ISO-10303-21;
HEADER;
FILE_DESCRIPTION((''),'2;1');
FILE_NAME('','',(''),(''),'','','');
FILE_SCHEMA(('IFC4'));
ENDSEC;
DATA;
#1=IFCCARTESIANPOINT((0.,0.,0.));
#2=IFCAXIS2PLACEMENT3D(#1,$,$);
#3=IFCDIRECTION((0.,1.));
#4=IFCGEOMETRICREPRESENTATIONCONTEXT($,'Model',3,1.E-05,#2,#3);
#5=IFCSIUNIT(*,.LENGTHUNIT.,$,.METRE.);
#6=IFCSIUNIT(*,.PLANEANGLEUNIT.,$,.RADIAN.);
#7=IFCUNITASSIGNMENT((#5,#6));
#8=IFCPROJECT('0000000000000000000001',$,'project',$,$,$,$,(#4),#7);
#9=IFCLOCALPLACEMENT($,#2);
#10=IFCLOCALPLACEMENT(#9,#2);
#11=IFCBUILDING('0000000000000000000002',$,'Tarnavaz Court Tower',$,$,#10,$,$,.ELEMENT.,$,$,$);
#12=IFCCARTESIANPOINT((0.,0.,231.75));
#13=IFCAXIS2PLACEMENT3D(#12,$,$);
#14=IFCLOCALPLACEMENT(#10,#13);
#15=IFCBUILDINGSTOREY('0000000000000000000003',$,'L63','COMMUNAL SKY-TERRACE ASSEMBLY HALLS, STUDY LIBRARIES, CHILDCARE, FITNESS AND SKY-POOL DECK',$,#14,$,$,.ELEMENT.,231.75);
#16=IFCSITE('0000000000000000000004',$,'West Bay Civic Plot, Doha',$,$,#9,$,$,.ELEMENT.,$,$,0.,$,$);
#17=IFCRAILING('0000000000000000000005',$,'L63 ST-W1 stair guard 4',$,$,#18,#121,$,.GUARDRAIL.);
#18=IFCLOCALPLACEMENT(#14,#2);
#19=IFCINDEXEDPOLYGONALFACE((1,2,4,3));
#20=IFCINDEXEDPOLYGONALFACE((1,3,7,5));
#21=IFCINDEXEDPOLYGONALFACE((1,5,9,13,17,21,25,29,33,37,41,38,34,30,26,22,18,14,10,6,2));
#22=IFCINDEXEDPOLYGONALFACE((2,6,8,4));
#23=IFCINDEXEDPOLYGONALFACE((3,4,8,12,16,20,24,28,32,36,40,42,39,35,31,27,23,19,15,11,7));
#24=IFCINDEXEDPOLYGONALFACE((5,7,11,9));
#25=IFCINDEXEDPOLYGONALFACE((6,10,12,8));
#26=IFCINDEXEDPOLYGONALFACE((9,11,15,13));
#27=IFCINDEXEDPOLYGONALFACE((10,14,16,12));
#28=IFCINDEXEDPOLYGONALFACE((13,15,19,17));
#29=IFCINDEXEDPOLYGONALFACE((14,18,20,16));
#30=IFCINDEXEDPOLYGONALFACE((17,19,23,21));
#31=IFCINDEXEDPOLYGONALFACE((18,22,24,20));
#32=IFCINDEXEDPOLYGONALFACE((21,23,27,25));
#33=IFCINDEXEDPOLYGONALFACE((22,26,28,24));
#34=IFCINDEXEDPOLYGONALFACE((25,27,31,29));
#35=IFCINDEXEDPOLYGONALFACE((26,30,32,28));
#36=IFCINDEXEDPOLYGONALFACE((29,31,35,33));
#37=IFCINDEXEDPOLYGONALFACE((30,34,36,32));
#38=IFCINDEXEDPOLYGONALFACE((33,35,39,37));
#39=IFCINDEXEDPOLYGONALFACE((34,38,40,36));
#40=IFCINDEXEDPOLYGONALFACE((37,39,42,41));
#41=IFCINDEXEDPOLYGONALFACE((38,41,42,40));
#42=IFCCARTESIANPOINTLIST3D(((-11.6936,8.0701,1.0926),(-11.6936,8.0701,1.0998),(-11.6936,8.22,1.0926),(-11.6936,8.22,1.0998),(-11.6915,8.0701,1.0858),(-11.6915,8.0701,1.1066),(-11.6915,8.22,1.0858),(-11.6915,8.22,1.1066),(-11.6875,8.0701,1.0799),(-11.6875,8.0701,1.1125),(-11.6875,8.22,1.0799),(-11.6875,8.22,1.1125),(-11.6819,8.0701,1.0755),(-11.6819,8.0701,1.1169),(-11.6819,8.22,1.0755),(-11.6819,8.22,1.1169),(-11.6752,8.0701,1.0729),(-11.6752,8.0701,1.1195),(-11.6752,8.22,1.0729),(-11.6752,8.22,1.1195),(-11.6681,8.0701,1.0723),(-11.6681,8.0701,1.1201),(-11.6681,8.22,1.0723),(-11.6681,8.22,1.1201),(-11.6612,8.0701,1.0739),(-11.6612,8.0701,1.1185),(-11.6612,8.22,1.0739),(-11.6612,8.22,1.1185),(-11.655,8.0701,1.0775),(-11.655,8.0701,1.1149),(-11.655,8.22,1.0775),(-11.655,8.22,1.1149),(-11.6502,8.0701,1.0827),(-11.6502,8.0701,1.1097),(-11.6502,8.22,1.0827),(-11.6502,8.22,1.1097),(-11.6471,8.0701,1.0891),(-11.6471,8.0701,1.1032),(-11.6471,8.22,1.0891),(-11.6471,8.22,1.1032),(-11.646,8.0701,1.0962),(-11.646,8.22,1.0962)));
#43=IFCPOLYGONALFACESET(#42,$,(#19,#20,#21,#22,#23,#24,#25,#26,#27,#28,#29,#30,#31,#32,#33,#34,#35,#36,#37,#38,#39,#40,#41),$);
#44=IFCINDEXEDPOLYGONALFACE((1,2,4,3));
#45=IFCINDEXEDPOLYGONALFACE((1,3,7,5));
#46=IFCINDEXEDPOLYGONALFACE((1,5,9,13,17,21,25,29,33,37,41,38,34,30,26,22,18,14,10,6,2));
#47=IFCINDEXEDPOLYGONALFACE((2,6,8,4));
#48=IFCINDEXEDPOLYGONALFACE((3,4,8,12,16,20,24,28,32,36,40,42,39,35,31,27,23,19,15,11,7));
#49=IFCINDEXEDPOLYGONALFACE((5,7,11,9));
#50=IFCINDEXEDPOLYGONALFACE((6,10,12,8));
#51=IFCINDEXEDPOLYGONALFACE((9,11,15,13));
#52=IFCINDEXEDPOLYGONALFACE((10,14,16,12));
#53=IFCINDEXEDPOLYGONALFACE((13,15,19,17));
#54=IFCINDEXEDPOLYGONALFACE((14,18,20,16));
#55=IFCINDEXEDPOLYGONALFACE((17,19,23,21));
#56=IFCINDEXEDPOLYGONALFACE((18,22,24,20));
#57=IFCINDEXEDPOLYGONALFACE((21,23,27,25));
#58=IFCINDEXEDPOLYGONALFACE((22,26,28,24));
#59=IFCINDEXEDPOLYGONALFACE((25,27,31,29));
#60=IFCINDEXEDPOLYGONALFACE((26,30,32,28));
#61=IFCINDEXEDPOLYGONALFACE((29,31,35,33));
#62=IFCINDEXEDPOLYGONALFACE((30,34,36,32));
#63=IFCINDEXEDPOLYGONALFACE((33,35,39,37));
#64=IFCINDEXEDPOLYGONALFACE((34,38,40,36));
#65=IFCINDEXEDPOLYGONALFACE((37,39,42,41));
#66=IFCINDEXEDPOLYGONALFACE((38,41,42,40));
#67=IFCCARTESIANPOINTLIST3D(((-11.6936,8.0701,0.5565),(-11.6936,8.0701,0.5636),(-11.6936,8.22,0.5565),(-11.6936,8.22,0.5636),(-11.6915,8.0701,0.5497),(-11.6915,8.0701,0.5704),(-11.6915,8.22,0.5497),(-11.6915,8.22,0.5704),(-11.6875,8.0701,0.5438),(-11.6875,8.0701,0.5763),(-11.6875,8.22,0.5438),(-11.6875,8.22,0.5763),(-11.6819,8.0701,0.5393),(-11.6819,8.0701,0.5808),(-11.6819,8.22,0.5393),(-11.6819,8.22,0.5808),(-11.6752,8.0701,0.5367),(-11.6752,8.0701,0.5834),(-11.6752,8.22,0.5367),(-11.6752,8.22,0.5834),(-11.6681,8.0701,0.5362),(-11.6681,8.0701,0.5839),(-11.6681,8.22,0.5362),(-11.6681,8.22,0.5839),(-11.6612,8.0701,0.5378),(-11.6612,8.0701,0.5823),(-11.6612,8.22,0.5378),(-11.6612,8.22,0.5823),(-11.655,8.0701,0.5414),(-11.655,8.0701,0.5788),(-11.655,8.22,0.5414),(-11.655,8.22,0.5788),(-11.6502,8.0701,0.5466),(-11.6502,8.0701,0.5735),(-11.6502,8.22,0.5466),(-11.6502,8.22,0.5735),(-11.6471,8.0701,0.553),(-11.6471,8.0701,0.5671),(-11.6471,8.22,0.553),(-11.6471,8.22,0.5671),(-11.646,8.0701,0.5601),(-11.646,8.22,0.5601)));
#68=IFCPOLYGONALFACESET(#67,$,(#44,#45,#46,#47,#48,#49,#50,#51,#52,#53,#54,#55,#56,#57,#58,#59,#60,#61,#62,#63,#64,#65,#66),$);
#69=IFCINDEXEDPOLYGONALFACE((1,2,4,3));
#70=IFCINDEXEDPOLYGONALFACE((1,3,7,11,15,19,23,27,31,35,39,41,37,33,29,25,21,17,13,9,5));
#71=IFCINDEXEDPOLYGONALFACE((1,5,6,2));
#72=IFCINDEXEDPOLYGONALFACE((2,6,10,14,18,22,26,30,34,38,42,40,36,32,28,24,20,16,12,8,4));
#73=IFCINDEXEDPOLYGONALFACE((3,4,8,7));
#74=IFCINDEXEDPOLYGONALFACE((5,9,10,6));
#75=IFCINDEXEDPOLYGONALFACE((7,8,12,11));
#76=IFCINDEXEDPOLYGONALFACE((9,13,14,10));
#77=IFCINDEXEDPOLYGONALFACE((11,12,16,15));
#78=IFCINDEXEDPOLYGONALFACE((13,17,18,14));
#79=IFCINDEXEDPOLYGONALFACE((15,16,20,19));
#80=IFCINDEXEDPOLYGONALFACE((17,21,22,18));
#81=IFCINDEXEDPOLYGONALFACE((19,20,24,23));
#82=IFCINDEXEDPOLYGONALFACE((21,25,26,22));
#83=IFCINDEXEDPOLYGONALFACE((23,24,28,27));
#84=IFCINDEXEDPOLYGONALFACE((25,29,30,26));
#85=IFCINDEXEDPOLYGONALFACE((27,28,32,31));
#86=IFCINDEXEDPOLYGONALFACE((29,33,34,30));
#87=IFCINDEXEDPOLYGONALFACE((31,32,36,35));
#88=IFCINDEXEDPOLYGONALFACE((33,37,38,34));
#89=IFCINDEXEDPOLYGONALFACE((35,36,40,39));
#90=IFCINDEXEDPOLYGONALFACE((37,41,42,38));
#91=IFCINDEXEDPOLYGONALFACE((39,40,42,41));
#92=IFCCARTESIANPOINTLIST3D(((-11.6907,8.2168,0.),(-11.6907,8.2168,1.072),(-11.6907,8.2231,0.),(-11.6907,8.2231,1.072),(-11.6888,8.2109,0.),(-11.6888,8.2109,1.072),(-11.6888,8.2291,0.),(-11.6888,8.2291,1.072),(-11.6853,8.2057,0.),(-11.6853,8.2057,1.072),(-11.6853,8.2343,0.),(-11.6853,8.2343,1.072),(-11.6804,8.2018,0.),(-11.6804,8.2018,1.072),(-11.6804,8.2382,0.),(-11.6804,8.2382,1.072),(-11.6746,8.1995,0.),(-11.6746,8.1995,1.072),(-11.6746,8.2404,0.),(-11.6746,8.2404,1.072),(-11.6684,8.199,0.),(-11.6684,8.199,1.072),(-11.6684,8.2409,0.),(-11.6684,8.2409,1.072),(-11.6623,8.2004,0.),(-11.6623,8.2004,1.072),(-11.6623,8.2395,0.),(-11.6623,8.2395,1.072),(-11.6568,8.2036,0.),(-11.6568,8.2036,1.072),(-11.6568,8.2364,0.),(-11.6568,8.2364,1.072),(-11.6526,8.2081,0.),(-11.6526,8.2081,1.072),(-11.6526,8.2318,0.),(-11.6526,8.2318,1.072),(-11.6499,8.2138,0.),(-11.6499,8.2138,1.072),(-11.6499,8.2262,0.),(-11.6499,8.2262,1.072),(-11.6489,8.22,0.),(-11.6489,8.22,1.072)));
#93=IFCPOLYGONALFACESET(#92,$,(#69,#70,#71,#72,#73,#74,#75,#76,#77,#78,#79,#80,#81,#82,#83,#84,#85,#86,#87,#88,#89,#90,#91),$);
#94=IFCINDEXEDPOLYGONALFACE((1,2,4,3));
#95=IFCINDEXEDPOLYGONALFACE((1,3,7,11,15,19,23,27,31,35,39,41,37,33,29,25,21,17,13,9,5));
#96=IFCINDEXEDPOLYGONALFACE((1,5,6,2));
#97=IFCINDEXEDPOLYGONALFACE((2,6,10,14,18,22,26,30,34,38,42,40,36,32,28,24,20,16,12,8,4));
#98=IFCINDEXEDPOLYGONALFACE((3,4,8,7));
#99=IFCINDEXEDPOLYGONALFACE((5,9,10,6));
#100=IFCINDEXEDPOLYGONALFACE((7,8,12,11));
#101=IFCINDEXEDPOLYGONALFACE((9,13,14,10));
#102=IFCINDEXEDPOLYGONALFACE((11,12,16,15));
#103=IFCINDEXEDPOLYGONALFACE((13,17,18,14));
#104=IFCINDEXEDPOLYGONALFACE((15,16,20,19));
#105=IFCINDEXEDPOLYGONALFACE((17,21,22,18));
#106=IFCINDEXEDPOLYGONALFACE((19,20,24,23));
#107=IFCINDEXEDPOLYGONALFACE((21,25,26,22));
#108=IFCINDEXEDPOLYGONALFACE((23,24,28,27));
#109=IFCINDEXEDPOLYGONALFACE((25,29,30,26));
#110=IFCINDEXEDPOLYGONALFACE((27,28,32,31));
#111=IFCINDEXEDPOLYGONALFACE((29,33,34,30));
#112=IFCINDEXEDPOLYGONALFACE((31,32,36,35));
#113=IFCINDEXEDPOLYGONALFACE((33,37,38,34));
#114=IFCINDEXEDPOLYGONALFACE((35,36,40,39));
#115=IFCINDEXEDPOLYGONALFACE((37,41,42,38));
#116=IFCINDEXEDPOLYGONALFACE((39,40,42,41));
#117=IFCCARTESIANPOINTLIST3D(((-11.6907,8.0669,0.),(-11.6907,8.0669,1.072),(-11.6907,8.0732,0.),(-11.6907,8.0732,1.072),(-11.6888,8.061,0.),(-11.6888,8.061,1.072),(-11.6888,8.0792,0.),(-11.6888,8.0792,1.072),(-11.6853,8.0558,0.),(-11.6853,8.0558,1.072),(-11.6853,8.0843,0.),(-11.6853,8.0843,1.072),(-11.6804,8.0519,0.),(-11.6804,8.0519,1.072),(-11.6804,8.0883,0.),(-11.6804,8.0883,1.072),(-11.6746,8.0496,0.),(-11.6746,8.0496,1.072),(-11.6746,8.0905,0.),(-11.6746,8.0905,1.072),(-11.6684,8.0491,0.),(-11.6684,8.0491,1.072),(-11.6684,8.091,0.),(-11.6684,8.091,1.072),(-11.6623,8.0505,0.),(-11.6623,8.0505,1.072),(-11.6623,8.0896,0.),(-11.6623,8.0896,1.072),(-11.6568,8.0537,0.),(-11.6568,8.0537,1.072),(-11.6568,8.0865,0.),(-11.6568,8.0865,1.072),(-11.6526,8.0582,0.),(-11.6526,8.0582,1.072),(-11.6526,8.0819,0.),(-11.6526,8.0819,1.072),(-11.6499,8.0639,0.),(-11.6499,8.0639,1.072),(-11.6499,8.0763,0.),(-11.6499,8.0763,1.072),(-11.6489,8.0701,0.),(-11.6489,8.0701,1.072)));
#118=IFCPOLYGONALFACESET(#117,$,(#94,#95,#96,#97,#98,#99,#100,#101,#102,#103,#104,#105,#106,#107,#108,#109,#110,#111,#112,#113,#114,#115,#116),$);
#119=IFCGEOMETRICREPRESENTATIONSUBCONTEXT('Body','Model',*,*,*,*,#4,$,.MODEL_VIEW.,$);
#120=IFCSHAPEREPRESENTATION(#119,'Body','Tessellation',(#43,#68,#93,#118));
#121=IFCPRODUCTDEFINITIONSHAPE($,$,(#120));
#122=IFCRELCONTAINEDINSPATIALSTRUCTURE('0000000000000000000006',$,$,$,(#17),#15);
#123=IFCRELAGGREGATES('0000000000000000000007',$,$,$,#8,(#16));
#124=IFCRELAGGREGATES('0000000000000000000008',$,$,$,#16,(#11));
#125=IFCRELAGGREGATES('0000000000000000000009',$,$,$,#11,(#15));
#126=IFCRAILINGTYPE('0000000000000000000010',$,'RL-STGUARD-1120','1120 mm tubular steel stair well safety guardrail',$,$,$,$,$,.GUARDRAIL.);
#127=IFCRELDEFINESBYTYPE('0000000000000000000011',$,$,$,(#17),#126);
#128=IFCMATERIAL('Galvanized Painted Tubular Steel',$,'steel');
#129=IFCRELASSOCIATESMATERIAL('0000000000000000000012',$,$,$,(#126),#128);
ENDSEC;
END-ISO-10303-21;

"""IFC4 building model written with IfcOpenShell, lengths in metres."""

from ifc_helpers import new_model, si_unit, direction, frame, origin, origin_2d, place, context, subcontext, project, spatial, circle, extrude, material, type_object, element, save


model = new_model("IFC4")

# Units and contexts
model_context = context("Model", 3, precision=1e-05, world=origin(), true_north=direction((0.0, 1.0)))
body_context = subcontext(model_context, "Body", "Model", "MODEL_VIEW")
ifc_project = project(units=[si_unit("LENGTHUNIT", "METRE"), si_unit("PLANEANGLEUNIT", "RADIAN")], contexts=[model_context])

# Site, building, storey
site_placement = place(None, origin())
site = spatial("IfcSite", under=ifc_project, at=site_placement, Name="West Bay Civic Plot, Doha", CompositionType="ELEMENT", RefElevation=0.0)
building_placement = place(site_placement, origin())
building = spatial("IfcBuilding", under=site, at=building_placement, Name="Tarnavaz Court Tower", CompositionType="ELEMENT")
storey_placement = place(building_placement, frame((0.0, 0.0, 231.75)))
storey = spatial("IfcBuildingStorey", under=building, at=storey_placement, Name="L63", Description="COMMUNAL SKY-TERRACE ASSEMBLY HALLS, STUDY LIBRARIES, CHILDCARE, FITNESS AND SKY-POOL DECK", CompositionType="ELEMENT", Elevation=231.75)

# Railing
ifc_material_1 = material(Name="Galvanized Painted Tubular Steel", Category="steel")
railing_type_1 = type_object("IfcRailingType", Name="RL-STGUARD-1120", Description="1120 mm tubular steel stair well safety guardrail", PredefinedType="GUARDRAIL", material=ifc_material_1)
railing_1_placement = place(storey_placement, frame((-11.6699, 8.22, 0.0)))
element("IfcRailing", 1, at=railing_1_placement, inside=storey, type_object=railing_type_1, Name="L63 ST-W1 stair guard 4", PredefinedType="GUARDRAIL", context=body_context, shape_type="SweptSolid", body=[
    extrude(circle(Radius=0.0239, at=origin_2d()), frame((0.0, 0.0, 1.0962), z_axis=(0.0, -1.0, 0.0), x_axis=(1.0, 0.0, 0.0)), (0.0, 0.0, 1.0), 0.1499),
    extrude(circle(Radius=0.0239, at=origin_2d()), frame((0.0, 0.0, 0.5601), z_axis=(0.0, -1.0, 0.0), x_axis=(1.0, 0.0, 0.0)), (0.0, 0.0, 1.0), 0.1499),
    extrude(circle(Radius=0.021, at=origin_2d()), origin(), (0.0, 0.0, 1.0), 1.072),
    extrude(circle(Radius=0.021, at=origin_2d()), frame((0.0, -0.1499, 0.0)), (0.0, 0.0, 1.0), 1.072),
])

save(model, "model.ifc")
